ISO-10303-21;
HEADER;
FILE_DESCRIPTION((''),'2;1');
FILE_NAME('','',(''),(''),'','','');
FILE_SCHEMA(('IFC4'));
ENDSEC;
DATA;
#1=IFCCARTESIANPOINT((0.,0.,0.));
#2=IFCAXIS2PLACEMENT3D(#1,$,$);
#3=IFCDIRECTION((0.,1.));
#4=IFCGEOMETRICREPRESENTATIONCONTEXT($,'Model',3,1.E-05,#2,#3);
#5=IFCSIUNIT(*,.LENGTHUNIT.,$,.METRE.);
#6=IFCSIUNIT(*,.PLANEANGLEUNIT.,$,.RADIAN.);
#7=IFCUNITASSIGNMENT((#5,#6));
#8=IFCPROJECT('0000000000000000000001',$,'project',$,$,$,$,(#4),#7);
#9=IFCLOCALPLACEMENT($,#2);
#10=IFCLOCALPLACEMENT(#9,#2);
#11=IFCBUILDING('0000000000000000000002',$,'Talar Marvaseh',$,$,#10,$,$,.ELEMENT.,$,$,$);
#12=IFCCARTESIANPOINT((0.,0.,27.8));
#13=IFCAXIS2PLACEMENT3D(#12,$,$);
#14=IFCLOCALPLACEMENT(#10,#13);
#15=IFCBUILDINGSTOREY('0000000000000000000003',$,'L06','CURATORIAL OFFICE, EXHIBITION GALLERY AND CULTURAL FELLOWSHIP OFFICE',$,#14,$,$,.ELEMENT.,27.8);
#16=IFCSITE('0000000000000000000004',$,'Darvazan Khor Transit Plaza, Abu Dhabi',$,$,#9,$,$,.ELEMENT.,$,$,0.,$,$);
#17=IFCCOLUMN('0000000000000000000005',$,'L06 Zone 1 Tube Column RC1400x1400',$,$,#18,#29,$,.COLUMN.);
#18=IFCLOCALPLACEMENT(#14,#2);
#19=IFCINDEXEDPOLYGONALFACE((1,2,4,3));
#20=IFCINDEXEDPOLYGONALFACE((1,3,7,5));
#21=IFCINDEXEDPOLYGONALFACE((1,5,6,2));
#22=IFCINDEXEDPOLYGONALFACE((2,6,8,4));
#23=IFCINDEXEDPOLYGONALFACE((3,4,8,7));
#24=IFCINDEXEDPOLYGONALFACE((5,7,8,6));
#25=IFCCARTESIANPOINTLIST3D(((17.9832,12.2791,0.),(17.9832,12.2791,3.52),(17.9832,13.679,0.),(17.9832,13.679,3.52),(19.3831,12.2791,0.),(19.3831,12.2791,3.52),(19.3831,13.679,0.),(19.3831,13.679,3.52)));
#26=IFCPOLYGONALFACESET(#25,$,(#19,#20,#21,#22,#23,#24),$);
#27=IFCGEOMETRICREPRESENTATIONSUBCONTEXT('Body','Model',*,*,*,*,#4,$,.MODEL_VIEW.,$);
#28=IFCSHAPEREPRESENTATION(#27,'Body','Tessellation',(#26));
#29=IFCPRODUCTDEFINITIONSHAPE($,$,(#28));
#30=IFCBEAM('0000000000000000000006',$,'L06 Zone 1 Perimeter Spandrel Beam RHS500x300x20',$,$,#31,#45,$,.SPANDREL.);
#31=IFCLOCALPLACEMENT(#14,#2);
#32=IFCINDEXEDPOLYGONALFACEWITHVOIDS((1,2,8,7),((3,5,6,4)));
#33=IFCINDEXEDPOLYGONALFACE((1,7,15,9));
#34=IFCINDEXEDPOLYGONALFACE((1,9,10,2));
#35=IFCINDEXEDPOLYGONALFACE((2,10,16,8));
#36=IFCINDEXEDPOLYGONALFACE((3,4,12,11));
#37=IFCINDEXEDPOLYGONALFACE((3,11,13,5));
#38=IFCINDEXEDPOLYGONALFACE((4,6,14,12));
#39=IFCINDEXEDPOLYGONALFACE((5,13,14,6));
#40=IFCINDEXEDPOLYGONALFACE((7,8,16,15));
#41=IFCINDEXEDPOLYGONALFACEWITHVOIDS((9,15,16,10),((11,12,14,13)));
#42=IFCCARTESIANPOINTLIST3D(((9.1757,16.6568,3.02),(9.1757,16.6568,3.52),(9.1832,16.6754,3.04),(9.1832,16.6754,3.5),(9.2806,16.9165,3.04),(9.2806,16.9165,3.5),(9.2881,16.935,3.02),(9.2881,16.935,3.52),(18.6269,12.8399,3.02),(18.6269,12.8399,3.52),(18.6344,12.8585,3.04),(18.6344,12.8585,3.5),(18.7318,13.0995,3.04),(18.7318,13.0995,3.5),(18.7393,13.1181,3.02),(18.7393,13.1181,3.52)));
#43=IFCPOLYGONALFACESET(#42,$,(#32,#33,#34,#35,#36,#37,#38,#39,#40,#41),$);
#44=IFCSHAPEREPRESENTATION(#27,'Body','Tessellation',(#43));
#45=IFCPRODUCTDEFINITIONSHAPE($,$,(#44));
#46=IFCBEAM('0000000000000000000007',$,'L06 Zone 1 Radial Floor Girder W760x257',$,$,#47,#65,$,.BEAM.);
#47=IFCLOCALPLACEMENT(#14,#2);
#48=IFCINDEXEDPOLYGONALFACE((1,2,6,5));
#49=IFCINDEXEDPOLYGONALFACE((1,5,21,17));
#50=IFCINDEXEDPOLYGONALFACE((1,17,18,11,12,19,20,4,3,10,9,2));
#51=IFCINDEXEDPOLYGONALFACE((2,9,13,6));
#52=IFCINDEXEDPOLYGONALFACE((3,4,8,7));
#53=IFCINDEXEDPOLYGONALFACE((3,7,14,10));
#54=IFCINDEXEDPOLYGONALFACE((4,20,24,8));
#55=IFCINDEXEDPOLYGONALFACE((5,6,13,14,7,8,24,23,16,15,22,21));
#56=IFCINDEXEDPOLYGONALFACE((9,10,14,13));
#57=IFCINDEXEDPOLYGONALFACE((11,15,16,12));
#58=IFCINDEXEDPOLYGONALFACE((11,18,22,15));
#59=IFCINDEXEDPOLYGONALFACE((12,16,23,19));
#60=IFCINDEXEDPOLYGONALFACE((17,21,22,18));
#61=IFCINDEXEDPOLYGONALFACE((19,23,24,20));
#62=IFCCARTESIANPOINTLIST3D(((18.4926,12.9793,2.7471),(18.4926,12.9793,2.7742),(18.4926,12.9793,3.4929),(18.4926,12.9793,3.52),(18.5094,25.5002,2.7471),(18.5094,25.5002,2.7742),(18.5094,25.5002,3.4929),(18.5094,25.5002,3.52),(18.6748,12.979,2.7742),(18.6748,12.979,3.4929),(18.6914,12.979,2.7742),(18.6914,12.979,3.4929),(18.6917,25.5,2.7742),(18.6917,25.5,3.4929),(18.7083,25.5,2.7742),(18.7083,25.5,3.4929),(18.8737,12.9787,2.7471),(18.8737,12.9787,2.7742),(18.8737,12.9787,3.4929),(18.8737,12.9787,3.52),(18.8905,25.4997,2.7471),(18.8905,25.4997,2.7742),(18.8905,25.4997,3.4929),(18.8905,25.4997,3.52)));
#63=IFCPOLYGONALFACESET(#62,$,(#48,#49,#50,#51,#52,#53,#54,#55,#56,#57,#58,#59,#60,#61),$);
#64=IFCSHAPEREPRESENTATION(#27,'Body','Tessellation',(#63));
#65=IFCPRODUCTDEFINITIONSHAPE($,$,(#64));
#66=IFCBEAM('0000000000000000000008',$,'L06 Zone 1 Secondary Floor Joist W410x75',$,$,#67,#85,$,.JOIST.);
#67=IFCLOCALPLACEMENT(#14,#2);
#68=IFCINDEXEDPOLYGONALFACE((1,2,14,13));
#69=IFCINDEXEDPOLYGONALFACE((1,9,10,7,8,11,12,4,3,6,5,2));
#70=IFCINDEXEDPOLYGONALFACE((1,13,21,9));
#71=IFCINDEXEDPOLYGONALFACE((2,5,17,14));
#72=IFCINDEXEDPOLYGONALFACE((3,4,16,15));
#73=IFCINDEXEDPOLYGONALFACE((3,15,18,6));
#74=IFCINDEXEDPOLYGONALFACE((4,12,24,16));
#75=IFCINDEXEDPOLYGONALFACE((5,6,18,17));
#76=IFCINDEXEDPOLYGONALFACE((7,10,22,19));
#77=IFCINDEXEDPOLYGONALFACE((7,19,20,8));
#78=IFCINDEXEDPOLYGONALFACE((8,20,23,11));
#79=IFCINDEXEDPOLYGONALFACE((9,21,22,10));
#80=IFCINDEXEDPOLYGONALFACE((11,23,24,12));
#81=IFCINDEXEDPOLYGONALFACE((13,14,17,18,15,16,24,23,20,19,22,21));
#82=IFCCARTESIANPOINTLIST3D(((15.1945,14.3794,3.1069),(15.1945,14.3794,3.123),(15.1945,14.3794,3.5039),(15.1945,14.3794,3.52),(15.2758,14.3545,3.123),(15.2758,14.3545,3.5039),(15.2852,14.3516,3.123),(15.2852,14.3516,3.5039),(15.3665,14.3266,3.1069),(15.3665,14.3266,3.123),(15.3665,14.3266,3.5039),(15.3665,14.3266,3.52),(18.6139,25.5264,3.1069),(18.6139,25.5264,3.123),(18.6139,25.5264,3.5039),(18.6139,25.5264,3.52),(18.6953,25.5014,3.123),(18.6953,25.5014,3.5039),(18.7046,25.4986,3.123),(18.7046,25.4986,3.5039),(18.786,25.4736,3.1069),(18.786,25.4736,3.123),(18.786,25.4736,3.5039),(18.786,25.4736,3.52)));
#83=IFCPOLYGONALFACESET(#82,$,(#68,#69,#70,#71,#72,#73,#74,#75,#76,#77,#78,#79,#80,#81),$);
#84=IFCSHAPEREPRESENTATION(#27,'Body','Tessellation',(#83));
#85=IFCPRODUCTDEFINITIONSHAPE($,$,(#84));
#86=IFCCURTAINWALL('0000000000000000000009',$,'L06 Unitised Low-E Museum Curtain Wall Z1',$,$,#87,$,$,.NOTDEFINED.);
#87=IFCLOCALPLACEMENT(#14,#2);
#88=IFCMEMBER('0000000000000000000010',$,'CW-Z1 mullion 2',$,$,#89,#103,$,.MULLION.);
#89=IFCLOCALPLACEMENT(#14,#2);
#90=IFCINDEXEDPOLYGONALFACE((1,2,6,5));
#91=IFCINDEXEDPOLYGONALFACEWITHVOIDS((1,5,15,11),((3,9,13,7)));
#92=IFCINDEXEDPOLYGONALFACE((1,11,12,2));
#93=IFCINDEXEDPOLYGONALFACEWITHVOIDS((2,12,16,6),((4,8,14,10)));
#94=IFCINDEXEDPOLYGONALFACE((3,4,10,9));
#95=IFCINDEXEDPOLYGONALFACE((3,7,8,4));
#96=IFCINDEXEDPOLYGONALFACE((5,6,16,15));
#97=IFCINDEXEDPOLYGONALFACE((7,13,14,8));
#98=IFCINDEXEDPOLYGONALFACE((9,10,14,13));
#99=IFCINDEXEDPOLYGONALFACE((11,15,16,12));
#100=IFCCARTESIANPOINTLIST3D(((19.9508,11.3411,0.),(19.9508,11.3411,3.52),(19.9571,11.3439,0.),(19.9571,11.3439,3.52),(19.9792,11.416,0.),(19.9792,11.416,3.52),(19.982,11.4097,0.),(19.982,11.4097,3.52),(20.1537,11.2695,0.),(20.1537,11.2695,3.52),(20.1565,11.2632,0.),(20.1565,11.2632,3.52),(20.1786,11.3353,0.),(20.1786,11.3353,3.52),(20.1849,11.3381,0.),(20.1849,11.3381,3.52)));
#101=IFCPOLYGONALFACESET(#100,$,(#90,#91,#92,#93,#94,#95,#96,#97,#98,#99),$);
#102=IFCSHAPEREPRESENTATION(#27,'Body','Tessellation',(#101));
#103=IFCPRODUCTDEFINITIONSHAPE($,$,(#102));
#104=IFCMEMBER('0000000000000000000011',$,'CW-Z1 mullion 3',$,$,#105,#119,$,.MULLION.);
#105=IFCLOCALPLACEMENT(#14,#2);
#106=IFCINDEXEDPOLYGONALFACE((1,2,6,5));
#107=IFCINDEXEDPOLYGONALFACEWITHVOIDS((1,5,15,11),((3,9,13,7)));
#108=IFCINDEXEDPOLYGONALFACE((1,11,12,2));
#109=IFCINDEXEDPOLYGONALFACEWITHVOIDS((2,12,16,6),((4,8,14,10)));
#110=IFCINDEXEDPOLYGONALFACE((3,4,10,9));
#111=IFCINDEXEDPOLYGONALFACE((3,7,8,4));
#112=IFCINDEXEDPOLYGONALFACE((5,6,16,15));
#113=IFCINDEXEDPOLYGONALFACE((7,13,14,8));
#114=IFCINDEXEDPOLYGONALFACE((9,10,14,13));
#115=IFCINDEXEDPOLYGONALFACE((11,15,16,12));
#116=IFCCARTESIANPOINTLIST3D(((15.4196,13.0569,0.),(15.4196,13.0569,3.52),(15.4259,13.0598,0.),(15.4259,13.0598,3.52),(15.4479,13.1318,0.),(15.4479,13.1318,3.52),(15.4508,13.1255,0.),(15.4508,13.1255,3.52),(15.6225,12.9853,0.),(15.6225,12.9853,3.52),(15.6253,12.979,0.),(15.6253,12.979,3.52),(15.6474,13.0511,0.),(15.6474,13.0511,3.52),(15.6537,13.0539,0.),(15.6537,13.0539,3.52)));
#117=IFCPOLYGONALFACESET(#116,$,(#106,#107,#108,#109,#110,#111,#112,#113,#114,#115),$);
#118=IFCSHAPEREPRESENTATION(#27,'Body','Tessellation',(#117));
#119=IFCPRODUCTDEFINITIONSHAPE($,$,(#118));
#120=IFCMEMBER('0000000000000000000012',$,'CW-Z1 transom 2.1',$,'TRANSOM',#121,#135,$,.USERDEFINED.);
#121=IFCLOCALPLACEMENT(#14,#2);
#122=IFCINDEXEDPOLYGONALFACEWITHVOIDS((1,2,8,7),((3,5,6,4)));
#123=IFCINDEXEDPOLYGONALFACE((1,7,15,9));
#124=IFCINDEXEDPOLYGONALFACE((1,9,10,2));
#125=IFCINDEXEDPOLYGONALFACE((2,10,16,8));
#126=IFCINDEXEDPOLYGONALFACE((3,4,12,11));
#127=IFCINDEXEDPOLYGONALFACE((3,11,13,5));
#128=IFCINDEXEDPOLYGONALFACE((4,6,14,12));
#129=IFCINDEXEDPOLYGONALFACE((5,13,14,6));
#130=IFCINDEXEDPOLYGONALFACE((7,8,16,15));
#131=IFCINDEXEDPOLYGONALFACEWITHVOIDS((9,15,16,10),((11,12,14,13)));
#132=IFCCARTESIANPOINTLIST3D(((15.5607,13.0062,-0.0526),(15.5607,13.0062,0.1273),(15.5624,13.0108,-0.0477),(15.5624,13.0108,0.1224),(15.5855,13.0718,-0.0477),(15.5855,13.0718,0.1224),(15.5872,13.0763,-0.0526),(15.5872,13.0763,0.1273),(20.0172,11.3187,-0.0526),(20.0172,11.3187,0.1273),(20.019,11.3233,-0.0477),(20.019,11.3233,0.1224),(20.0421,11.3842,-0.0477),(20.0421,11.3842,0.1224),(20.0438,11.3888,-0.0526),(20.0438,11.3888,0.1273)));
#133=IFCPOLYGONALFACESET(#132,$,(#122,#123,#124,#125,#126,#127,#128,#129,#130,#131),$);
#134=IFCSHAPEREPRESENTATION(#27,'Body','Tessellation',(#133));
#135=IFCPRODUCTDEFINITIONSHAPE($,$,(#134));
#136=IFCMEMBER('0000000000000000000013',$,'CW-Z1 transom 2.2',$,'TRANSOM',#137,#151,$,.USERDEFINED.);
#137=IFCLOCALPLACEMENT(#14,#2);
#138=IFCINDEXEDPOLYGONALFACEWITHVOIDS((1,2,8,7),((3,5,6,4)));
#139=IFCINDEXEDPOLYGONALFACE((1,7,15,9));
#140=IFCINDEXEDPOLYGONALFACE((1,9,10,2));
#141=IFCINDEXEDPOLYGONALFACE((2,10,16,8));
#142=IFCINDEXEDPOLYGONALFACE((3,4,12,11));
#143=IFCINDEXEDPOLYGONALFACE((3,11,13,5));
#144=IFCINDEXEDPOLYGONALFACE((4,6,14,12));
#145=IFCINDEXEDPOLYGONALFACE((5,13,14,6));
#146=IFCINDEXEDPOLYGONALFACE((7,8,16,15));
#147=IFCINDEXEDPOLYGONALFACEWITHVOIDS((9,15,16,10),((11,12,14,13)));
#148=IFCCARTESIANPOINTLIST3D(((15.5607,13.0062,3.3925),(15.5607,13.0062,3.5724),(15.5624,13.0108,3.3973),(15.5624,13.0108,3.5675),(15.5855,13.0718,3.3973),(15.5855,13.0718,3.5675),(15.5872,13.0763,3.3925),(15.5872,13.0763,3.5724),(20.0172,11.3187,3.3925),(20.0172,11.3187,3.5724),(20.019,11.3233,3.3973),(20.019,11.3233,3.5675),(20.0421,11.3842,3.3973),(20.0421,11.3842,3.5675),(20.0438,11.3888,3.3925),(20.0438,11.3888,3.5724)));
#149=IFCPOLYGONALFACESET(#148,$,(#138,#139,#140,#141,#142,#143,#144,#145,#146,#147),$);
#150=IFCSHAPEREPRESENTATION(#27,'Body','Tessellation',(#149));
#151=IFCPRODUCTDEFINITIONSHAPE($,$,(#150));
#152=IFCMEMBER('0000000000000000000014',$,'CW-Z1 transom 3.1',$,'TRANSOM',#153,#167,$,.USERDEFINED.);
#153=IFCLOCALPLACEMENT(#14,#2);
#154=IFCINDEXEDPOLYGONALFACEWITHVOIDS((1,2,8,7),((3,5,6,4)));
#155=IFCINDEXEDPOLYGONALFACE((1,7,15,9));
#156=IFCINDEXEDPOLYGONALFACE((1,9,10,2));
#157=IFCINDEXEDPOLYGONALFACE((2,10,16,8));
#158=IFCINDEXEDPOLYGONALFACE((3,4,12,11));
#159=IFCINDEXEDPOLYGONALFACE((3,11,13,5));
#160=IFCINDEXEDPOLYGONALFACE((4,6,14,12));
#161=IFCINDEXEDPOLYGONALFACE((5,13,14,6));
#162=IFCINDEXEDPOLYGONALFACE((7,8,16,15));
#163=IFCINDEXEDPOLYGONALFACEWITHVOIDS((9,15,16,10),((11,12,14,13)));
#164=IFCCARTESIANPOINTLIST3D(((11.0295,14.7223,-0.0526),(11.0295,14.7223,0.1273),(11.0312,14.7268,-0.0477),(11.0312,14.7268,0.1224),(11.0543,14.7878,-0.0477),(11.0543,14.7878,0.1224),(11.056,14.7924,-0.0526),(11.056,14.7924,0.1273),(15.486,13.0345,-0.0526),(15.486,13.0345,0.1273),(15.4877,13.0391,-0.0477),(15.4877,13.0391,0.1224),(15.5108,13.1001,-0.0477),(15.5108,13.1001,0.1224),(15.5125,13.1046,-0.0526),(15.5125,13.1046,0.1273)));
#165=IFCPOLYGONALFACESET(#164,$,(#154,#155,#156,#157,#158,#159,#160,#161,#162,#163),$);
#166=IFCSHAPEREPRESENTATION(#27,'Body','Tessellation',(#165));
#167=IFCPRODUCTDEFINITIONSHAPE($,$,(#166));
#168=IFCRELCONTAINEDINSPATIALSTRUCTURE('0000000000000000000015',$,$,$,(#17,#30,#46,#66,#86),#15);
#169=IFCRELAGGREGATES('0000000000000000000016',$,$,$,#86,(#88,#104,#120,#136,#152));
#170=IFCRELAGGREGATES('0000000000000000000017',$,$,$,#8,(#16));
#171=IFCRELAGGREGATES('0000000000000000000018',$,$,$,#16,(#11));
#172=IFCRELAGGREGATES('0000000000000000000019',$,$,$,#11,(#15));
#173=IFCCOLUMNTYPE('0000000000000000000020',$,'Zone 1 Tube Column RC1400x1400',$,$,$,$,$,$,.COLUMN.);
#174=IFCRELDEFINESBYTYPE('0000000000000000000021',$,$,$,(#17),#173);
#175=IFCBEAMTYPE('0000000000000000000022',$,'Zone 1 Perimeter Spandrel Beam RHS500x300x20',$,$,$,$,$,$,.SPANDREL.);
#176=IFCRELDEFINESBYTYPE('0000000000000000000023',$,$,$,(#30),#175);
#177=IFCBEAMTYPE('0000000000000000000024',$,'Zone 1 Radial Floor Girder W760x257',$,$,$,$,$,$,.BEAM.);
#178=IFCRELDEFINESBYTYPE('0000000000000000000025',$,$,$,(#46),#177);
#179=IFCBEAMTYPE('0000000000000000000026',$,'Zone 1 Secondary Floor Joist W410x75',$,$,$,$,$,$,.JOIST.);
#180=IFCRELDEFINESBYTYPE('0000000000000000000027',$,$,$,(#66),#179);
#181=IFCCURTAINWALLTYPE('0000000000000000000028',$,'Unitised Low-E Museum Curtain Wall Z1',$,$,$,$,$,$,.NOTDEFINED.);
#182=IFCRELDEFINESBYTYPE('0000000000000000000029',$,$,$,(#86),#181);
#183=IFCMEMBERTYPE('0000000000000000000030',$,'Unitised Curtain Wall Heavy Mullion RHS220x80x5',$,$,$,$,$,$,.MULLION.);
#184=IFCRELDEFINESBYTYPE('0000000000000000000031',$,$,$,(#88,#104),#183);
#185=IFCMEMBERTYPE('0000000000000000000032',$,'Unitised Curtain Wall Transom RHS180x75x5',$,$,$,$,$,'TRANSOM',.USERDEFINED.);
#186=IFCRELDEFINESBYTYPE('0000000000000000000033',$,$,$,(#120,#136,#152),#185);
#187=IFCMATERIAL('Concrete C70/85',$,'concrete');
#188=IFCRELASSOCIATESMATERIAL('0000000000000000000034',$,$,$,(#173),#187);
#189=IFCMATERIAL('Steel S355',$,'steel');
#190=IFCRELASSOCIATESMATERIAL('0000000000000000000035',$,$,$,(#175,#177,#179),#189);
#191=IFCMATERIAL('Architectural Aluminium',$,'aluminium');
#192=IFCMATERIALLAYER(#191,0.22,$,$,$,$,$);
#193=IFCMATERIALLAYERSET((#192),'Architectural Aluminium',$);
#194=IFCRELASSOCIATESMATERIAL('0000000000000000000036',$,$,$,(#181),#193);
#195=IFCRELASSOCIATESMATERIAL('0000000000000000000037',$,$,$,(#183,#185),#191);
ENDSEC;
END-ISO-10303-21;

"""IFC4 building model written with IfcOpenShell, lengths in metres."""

from ifc_helpers import new_model, si_unit, direction, frame, origin, origin_2d, place, context, subcontext, project, spatial, rectangle, hollow_rectangle, i_section, extrude, source, transform, mapped, material, layer, layer_set, material_profile, profile_set, type_object, type_shapes, element, aggregate, save


model = new_model("IFC4")

# Units and contexts
model_context = context("Model", 3, precision=1e-05, world=origin(), true_north=direction((0.0, 1.0)))
body_context = subcontext(model_context, "Body", "Model", "MODEL_VIEW")
ifc_project = project(units=[si_unit("LENGTHUNIT", "METRE"), si_unit("PLANEANGLEUNIT", "RADIAN")], contexts=[model_context])

# Site, building, storey
site_placement = place(None, origin())
site = spatial("IfcSite", under=ifc_project, at=site_placement, Name="Darvazan Khor Transit Plaza, Abu Dhabi", CompositionType="ELEMENT", RefElevation=0.0)
building_placement = place(site_placement, origin())
building = spatial("IfcBuilding", under=site, at=building_placement, Name="Talar Marvaseh", CompositionType="ELEMENT")
storey_placement = place(building_placement, frame((0.0, 0.0, 27.8)))
storey = spatial("IfcBuildingStorey", under=building, at=storey_placement, Name="L06", Description="CURATORIAL OFFICE, EXHIBITION GALLERY AND CULTURAL FELLOWSHIP OFFICE", CompositionType="ELEMENT", Elevation=27.8)

# Column
ifc_material_1 = material(Name="Concrete C70/85", Category="concrete")
ifc_material_profile_1 = material_profile(ifc_material_1, rectangle(XDim=1.3999, YDim=1.3999, at=origin_2d()), Name="RC1400x1400")
ifc_profile_set_1 = profile_set([ifc_material_profile_1], Name="Concrete C70/85")
column_type = type_object("IfcColumnType", Name="Zone 1 Tube Column RC1400x1400", PredefinedType="COLUMN", material=ifc_profile_set_1)
column_placement = place(storey_placement, frame((18.6831, 12.979, 0.0), z_axis=(0.0, 0.0, 1.0), x_axis=(1.0, 0.0, 0.0)))
element("IfcColumn", 1, at=column_placement, inside=storey, type_object=column_type, Name="L06 Zone 1 Tube Column RC1400x1400", PredefinedType="COLUMN", context=body_context, shape_type="SweptSolid", body=[
    extrude(rectangle(XDim=1.3999, YDim=1.3999, at=origin_2d()), origin(), (0.0, 0.0, 1.0), 3.52),
])

# Beams
ifc_material_2 = material(Name="Steel S355", Category="steel")
ifc_material_profile_2 = material_profile(ifc_material_2, hollow_rectangle(XDim=0.3, YDim=0.5, WallThickness=0.02, at=origin_2d()), Name="RHS500x300x20")
ifc_profile_set_2 = profile_set([ifc_material_profile_2], Name="Steel S355")
beam_type_1 = type_object("IfcBeamType", Name="Zone 1 Perimeter Spandrel Beam RHS500x300x20", PredefinedType="SPANDREL", material=ifc_profile_set_2)
beam_1_placement = place(storey_placement, frame((18.6831, 12.979, 3.27), z_axis=(-0.927239, 0.374469, 0.0), x_axis=(-0.374469, -0.927239, 0.0)))
element("IfcBeam", 2, at=beam_1_placement, inside=storey, type_object=beam_type_1, Name="L06 Zone 1 Perimeter Spandrel Beam RHS500x300x20", PredefinedType="SPANDREL", context=body_context, shape_type="SweptSolid", body=[
    extrude(hollow_rectangle(XDim=0.3, YDim=0.5, WallThickness=0.02, at=origin_2d()), origin(), (0.0, 0.0, 1.0), 10.1929),
])
ifc_material_profile_3 = material_profile(ifc_material_2, i_section(OverallWidth=0.3811, OverallDepth=0.7729, WebThickness=0.0166, FlangeThickness=0.0271, at=origin_2d()), Name="W760x257")
ifc_profile_set_3 = profile_set([ifc_material_profile_3], Name="Steel S355")
beam_type_2 = type_object("IfcBeamType", Name="Zone 1 Radial Floor Girder W760x257", PredefinedType="BEAM", material=ifc_profile_set_3)
beam_2_placement = place(storey_placement, frame((18.6831, 12.979, 3.1335), z_axis=(0.001345, 0.999999, 0.0), x_axis=(-0.999999, 0.001345, 0.0)))
element("IfcBeam", 3, at=beam_2_placement, inside=storey, type_object=beam_type_2, Name="L06 Zone 1 Radial Floor Girder W760x257", PredefinedType="BEAM", context=body_context, shape_type="SweptSolid", body=[
    extrude(i_section(OverallWidth=0.3811, OverallDepth=0.7729, WebThickness=0.0166, FlangeThickness=0.0271, at=origin_2d()), origin(), (0.0, 0.0, 1.0), 12.521),
])
ifc_material_profile_4 = material_profile(ifc_material_2, i_section(OverallWidth=0.1799, OverallDepth=0.4131, WebThickness=0.0098, FlangeThickness=0.0161, at=origin_2d()), Name="W410x75")
ifc_profile_set_4 = profile_set([ifc_material_profile_4], Name="Steel S355")
beam_type_3 = type_object("IfcBeamType", Name="Zone 1 Secondary Floor Joist W410x75", PredefinedType="JOIST", material=ifc_profile_set_4)
beam_3_placement = place(storey_placement, frame((15.2805, 14.353, 3.3135), z_axis=(0.293271, 0.956029, 0.0), x_axis=(-0.956029, 0.293271, 0.0)))
element("IfcBeam", 4, at=beam_3_placement, inside=storey, type_object=beam_type_3, Name="L06 Zone 1 Secondary Floor Joist W410x75", PredefinedType="JOIST", context=body_context, shape_type="SweptSolid", body=[
    extrude(i_section(OverallWidth=0.1799, OverallDepth=0.4131, WebThickness=0.0098, FlangeThickness=0.0161, at=origin_2d()), origin(), (0.0, 0.0, 1.0), 11.6597),
])

# Curtain wall, members
ifc_material_3 = material(Name="Architectural Aluminium", Category="aluminium")
ifc_layer_1 = layer(ifc_material_3, 0.22)
ifc_layer_set_1 = layer_set([ifc_layer_1], Name="Architectural Aluminium")
curtain_wall_type = type_object("IfcCurtainWallType", Name="Unitised Low-E Museum Curtain Wall Z1", PredefinedType="NOTDEFINED", material=ifc_layer_set_1)
curtain_wall_placement = place(storey_placement, origin())
curtain_wall = element("IfcCurtainWall", 5, at=curtain_wall_placement, inside=storey, type_object=curtain_wall_type, Name="L06 Unitised Low-E Museum Curtain Wall Z1", PredefinedType="NOTDEFINED")
ifc_material_profile_5 = material_profile(ifc_material_3, hollow_rectangle(XDim=0.0801, YDim=0.22, WallThickness=0.0049, at=origin_2d()), Name="RHS220x80x5")
ifc_profile_set_5 = profile_set([ifc_material_profile_5], Name="Architectural Aluminium")
member_type_1 = type_object("IfcMemberType", Name="Unitised Curtain Wall Heavy Mullion RHS220x80x5", PredefinedType="MULLION", material=ifc_profile_set_5)
shared_shape_1 = source(origin(), body_context, "Body", "SweptSolid", [
    extrude(hollow_rectangle(XDim=0.0801, YDim=0.22, WallThickness=0.0049, at=origin_2d()), origin(), (0.0, 0.0, 1.0), 3.52),
])
type_shapes(member_type_1, [shared_shape_1])
member_1_placement = place(storey_placement, frame((20.0679, 11.3396, 0.0), z_axis=(0.0, 0.0, 1.0), x_axis=(-0.354147, -0.93519, 0.0)))
member_1 = element("IfcMember", 6, at=member_1_placement, type_object=member_type_1, Name="CW-Z1 mullion 2", PredefinedType="MULLION", context=body_context, shape_type="MappedRepresentation", body=[
    mapped(shared_shape_1, transform((0.0, 0.0, 0.0), x_axis=(1.0, 0.0, 0.0), y_axis=(0.0, 1.0, 0.0), z_axis=(0.0, 0.0, 1.0), scale=1.0)),
])
member_2_placement = place(storey_placement, frame((15.5366, 13.0554, 0.0), z_axis=(0.0, 0.0, 1.0), x_axis=(-0.354147, -0.93519, 0.0)))
member_2 = element("IfcMember", 7, at=member_2_placement, type_object=member_type_1, Name="CW-Z1 mullion 3", PredefinedType="MULLION", context=body_context, shape_type="MappedRepresentation", body=[
    mapped(shared_shape_1, transform((0.0, 0.0, 0.0), x_axis=(1.0, 0.0, 0.0), y_axis=(0.0, 1.0, 0.0), z_axis=(0.0, 0.0, 1.0), scale=1.0)),
])
ifc_material_profile_6 = material_profile(ifc_material_3, hollow_rectangle(XDim=0.075, YDim=0.1799, WallThickness=0.0049, at=origin_2d()), Name="RHS180x75x5")
ifc_profile_set_6 = profile_set([ifc_material_profile_6], Name="Architectural Aluminium")
member_type_2 = type_object("IfcMemberType", Name="Unitised Curtain Wall Transom RHS180x75x5", ElementType="TRANSOM", PredefinedType="USERDEFINED", material=ifc_profile_set_6)
shared_shape_2 = source(origin(), body_context, "Body", "SweptSolid", [
    extrude(hollow_rectangle(XDim=0.075, YDim=0.1799, WallThickness=0.0049, at=origin_2d()), origin(), (0.0, 0.0, 1.0), 4.7654),
])
type_shapes(member_type_2, [shared_shape_2])
member_3_placement = place(storey_placement, frame((20.0305, 11.3538, 0.0374), z_axis=(-0.9352, 0.35412, 0.0), x_axis=(-0.35412, -0.9352, 0.0)))
member_3 = element("IfcMember", 8, at=member_3_placement, type_object=member_type_2, Name="CW-Z1 transom 2.1", ObjectType="TRANSOM", PredefinedType="USERDEFINED", context=body_context, shape_type="MappedRepresentation", body=[
    mapped(shared_shape_2, transform((0.0, 0.0, 0.0), x_axis=(1.0, 0.0, 0.0), y_axis=(0.0, 1.0, 0.0), z_axis=(0.0, 0.0, 1.0), scale=1.0)),
])
member_4_placement = place(storey_placement, frame((20.0305, 11.3538, 3.4824), z_axis=(-0.9352, 0.35412, 0.0), x_axis=(-0.35412, -0.9352, 0.0)))
member_4 = element("IfcMember", 9, at=member_4_placement, type_object=member_type_2, Name="CW-Z1 transom 2.2", ObjectType="TRANSOM", PredefinedType="USERDEFINED", context=body_context, shape_type="MappedRepresentation", body=[
    mapped(shared_shape_2, transform((0.0, 0.0, 0.0), x_axis=(1.0, 0.0, 0.0), y_axis=(0.0, 1.0, 0.0), z_axis=(0.0, 0.0, 1.0), scale=1.0)),
])
member_5_placement = place(storey_placement, frame((15.4993, 13.0696, 0.0374), z_axis=(-0.935183, 0.354165, 0.0), x_axis=(-0.354165, -0.935183, 0.0)))
member_5 = element("IfcMember", 10, at=member_5_placement, type_object=member_type_2, Name="CW-Z1 transom 3.1", ObjectType="TRANSOM", PredefinedType="USERDEFINED", context=body_context, shape_type="MappedRepresentation", body=[
    mapped(shared_shape_2, transform((0.0, 0.0, 0.0), x_axis=(1.0, 0.0, 0.0), y_axis=(0.0, 1.0, 0.0), z_axis=(0.0, 0.0, 1.0), scale=1.0)),
])
aggregate(curtain_wall, [member_1, member_2, member_3, member_4, member_5])

save(model, "model.ifc")
